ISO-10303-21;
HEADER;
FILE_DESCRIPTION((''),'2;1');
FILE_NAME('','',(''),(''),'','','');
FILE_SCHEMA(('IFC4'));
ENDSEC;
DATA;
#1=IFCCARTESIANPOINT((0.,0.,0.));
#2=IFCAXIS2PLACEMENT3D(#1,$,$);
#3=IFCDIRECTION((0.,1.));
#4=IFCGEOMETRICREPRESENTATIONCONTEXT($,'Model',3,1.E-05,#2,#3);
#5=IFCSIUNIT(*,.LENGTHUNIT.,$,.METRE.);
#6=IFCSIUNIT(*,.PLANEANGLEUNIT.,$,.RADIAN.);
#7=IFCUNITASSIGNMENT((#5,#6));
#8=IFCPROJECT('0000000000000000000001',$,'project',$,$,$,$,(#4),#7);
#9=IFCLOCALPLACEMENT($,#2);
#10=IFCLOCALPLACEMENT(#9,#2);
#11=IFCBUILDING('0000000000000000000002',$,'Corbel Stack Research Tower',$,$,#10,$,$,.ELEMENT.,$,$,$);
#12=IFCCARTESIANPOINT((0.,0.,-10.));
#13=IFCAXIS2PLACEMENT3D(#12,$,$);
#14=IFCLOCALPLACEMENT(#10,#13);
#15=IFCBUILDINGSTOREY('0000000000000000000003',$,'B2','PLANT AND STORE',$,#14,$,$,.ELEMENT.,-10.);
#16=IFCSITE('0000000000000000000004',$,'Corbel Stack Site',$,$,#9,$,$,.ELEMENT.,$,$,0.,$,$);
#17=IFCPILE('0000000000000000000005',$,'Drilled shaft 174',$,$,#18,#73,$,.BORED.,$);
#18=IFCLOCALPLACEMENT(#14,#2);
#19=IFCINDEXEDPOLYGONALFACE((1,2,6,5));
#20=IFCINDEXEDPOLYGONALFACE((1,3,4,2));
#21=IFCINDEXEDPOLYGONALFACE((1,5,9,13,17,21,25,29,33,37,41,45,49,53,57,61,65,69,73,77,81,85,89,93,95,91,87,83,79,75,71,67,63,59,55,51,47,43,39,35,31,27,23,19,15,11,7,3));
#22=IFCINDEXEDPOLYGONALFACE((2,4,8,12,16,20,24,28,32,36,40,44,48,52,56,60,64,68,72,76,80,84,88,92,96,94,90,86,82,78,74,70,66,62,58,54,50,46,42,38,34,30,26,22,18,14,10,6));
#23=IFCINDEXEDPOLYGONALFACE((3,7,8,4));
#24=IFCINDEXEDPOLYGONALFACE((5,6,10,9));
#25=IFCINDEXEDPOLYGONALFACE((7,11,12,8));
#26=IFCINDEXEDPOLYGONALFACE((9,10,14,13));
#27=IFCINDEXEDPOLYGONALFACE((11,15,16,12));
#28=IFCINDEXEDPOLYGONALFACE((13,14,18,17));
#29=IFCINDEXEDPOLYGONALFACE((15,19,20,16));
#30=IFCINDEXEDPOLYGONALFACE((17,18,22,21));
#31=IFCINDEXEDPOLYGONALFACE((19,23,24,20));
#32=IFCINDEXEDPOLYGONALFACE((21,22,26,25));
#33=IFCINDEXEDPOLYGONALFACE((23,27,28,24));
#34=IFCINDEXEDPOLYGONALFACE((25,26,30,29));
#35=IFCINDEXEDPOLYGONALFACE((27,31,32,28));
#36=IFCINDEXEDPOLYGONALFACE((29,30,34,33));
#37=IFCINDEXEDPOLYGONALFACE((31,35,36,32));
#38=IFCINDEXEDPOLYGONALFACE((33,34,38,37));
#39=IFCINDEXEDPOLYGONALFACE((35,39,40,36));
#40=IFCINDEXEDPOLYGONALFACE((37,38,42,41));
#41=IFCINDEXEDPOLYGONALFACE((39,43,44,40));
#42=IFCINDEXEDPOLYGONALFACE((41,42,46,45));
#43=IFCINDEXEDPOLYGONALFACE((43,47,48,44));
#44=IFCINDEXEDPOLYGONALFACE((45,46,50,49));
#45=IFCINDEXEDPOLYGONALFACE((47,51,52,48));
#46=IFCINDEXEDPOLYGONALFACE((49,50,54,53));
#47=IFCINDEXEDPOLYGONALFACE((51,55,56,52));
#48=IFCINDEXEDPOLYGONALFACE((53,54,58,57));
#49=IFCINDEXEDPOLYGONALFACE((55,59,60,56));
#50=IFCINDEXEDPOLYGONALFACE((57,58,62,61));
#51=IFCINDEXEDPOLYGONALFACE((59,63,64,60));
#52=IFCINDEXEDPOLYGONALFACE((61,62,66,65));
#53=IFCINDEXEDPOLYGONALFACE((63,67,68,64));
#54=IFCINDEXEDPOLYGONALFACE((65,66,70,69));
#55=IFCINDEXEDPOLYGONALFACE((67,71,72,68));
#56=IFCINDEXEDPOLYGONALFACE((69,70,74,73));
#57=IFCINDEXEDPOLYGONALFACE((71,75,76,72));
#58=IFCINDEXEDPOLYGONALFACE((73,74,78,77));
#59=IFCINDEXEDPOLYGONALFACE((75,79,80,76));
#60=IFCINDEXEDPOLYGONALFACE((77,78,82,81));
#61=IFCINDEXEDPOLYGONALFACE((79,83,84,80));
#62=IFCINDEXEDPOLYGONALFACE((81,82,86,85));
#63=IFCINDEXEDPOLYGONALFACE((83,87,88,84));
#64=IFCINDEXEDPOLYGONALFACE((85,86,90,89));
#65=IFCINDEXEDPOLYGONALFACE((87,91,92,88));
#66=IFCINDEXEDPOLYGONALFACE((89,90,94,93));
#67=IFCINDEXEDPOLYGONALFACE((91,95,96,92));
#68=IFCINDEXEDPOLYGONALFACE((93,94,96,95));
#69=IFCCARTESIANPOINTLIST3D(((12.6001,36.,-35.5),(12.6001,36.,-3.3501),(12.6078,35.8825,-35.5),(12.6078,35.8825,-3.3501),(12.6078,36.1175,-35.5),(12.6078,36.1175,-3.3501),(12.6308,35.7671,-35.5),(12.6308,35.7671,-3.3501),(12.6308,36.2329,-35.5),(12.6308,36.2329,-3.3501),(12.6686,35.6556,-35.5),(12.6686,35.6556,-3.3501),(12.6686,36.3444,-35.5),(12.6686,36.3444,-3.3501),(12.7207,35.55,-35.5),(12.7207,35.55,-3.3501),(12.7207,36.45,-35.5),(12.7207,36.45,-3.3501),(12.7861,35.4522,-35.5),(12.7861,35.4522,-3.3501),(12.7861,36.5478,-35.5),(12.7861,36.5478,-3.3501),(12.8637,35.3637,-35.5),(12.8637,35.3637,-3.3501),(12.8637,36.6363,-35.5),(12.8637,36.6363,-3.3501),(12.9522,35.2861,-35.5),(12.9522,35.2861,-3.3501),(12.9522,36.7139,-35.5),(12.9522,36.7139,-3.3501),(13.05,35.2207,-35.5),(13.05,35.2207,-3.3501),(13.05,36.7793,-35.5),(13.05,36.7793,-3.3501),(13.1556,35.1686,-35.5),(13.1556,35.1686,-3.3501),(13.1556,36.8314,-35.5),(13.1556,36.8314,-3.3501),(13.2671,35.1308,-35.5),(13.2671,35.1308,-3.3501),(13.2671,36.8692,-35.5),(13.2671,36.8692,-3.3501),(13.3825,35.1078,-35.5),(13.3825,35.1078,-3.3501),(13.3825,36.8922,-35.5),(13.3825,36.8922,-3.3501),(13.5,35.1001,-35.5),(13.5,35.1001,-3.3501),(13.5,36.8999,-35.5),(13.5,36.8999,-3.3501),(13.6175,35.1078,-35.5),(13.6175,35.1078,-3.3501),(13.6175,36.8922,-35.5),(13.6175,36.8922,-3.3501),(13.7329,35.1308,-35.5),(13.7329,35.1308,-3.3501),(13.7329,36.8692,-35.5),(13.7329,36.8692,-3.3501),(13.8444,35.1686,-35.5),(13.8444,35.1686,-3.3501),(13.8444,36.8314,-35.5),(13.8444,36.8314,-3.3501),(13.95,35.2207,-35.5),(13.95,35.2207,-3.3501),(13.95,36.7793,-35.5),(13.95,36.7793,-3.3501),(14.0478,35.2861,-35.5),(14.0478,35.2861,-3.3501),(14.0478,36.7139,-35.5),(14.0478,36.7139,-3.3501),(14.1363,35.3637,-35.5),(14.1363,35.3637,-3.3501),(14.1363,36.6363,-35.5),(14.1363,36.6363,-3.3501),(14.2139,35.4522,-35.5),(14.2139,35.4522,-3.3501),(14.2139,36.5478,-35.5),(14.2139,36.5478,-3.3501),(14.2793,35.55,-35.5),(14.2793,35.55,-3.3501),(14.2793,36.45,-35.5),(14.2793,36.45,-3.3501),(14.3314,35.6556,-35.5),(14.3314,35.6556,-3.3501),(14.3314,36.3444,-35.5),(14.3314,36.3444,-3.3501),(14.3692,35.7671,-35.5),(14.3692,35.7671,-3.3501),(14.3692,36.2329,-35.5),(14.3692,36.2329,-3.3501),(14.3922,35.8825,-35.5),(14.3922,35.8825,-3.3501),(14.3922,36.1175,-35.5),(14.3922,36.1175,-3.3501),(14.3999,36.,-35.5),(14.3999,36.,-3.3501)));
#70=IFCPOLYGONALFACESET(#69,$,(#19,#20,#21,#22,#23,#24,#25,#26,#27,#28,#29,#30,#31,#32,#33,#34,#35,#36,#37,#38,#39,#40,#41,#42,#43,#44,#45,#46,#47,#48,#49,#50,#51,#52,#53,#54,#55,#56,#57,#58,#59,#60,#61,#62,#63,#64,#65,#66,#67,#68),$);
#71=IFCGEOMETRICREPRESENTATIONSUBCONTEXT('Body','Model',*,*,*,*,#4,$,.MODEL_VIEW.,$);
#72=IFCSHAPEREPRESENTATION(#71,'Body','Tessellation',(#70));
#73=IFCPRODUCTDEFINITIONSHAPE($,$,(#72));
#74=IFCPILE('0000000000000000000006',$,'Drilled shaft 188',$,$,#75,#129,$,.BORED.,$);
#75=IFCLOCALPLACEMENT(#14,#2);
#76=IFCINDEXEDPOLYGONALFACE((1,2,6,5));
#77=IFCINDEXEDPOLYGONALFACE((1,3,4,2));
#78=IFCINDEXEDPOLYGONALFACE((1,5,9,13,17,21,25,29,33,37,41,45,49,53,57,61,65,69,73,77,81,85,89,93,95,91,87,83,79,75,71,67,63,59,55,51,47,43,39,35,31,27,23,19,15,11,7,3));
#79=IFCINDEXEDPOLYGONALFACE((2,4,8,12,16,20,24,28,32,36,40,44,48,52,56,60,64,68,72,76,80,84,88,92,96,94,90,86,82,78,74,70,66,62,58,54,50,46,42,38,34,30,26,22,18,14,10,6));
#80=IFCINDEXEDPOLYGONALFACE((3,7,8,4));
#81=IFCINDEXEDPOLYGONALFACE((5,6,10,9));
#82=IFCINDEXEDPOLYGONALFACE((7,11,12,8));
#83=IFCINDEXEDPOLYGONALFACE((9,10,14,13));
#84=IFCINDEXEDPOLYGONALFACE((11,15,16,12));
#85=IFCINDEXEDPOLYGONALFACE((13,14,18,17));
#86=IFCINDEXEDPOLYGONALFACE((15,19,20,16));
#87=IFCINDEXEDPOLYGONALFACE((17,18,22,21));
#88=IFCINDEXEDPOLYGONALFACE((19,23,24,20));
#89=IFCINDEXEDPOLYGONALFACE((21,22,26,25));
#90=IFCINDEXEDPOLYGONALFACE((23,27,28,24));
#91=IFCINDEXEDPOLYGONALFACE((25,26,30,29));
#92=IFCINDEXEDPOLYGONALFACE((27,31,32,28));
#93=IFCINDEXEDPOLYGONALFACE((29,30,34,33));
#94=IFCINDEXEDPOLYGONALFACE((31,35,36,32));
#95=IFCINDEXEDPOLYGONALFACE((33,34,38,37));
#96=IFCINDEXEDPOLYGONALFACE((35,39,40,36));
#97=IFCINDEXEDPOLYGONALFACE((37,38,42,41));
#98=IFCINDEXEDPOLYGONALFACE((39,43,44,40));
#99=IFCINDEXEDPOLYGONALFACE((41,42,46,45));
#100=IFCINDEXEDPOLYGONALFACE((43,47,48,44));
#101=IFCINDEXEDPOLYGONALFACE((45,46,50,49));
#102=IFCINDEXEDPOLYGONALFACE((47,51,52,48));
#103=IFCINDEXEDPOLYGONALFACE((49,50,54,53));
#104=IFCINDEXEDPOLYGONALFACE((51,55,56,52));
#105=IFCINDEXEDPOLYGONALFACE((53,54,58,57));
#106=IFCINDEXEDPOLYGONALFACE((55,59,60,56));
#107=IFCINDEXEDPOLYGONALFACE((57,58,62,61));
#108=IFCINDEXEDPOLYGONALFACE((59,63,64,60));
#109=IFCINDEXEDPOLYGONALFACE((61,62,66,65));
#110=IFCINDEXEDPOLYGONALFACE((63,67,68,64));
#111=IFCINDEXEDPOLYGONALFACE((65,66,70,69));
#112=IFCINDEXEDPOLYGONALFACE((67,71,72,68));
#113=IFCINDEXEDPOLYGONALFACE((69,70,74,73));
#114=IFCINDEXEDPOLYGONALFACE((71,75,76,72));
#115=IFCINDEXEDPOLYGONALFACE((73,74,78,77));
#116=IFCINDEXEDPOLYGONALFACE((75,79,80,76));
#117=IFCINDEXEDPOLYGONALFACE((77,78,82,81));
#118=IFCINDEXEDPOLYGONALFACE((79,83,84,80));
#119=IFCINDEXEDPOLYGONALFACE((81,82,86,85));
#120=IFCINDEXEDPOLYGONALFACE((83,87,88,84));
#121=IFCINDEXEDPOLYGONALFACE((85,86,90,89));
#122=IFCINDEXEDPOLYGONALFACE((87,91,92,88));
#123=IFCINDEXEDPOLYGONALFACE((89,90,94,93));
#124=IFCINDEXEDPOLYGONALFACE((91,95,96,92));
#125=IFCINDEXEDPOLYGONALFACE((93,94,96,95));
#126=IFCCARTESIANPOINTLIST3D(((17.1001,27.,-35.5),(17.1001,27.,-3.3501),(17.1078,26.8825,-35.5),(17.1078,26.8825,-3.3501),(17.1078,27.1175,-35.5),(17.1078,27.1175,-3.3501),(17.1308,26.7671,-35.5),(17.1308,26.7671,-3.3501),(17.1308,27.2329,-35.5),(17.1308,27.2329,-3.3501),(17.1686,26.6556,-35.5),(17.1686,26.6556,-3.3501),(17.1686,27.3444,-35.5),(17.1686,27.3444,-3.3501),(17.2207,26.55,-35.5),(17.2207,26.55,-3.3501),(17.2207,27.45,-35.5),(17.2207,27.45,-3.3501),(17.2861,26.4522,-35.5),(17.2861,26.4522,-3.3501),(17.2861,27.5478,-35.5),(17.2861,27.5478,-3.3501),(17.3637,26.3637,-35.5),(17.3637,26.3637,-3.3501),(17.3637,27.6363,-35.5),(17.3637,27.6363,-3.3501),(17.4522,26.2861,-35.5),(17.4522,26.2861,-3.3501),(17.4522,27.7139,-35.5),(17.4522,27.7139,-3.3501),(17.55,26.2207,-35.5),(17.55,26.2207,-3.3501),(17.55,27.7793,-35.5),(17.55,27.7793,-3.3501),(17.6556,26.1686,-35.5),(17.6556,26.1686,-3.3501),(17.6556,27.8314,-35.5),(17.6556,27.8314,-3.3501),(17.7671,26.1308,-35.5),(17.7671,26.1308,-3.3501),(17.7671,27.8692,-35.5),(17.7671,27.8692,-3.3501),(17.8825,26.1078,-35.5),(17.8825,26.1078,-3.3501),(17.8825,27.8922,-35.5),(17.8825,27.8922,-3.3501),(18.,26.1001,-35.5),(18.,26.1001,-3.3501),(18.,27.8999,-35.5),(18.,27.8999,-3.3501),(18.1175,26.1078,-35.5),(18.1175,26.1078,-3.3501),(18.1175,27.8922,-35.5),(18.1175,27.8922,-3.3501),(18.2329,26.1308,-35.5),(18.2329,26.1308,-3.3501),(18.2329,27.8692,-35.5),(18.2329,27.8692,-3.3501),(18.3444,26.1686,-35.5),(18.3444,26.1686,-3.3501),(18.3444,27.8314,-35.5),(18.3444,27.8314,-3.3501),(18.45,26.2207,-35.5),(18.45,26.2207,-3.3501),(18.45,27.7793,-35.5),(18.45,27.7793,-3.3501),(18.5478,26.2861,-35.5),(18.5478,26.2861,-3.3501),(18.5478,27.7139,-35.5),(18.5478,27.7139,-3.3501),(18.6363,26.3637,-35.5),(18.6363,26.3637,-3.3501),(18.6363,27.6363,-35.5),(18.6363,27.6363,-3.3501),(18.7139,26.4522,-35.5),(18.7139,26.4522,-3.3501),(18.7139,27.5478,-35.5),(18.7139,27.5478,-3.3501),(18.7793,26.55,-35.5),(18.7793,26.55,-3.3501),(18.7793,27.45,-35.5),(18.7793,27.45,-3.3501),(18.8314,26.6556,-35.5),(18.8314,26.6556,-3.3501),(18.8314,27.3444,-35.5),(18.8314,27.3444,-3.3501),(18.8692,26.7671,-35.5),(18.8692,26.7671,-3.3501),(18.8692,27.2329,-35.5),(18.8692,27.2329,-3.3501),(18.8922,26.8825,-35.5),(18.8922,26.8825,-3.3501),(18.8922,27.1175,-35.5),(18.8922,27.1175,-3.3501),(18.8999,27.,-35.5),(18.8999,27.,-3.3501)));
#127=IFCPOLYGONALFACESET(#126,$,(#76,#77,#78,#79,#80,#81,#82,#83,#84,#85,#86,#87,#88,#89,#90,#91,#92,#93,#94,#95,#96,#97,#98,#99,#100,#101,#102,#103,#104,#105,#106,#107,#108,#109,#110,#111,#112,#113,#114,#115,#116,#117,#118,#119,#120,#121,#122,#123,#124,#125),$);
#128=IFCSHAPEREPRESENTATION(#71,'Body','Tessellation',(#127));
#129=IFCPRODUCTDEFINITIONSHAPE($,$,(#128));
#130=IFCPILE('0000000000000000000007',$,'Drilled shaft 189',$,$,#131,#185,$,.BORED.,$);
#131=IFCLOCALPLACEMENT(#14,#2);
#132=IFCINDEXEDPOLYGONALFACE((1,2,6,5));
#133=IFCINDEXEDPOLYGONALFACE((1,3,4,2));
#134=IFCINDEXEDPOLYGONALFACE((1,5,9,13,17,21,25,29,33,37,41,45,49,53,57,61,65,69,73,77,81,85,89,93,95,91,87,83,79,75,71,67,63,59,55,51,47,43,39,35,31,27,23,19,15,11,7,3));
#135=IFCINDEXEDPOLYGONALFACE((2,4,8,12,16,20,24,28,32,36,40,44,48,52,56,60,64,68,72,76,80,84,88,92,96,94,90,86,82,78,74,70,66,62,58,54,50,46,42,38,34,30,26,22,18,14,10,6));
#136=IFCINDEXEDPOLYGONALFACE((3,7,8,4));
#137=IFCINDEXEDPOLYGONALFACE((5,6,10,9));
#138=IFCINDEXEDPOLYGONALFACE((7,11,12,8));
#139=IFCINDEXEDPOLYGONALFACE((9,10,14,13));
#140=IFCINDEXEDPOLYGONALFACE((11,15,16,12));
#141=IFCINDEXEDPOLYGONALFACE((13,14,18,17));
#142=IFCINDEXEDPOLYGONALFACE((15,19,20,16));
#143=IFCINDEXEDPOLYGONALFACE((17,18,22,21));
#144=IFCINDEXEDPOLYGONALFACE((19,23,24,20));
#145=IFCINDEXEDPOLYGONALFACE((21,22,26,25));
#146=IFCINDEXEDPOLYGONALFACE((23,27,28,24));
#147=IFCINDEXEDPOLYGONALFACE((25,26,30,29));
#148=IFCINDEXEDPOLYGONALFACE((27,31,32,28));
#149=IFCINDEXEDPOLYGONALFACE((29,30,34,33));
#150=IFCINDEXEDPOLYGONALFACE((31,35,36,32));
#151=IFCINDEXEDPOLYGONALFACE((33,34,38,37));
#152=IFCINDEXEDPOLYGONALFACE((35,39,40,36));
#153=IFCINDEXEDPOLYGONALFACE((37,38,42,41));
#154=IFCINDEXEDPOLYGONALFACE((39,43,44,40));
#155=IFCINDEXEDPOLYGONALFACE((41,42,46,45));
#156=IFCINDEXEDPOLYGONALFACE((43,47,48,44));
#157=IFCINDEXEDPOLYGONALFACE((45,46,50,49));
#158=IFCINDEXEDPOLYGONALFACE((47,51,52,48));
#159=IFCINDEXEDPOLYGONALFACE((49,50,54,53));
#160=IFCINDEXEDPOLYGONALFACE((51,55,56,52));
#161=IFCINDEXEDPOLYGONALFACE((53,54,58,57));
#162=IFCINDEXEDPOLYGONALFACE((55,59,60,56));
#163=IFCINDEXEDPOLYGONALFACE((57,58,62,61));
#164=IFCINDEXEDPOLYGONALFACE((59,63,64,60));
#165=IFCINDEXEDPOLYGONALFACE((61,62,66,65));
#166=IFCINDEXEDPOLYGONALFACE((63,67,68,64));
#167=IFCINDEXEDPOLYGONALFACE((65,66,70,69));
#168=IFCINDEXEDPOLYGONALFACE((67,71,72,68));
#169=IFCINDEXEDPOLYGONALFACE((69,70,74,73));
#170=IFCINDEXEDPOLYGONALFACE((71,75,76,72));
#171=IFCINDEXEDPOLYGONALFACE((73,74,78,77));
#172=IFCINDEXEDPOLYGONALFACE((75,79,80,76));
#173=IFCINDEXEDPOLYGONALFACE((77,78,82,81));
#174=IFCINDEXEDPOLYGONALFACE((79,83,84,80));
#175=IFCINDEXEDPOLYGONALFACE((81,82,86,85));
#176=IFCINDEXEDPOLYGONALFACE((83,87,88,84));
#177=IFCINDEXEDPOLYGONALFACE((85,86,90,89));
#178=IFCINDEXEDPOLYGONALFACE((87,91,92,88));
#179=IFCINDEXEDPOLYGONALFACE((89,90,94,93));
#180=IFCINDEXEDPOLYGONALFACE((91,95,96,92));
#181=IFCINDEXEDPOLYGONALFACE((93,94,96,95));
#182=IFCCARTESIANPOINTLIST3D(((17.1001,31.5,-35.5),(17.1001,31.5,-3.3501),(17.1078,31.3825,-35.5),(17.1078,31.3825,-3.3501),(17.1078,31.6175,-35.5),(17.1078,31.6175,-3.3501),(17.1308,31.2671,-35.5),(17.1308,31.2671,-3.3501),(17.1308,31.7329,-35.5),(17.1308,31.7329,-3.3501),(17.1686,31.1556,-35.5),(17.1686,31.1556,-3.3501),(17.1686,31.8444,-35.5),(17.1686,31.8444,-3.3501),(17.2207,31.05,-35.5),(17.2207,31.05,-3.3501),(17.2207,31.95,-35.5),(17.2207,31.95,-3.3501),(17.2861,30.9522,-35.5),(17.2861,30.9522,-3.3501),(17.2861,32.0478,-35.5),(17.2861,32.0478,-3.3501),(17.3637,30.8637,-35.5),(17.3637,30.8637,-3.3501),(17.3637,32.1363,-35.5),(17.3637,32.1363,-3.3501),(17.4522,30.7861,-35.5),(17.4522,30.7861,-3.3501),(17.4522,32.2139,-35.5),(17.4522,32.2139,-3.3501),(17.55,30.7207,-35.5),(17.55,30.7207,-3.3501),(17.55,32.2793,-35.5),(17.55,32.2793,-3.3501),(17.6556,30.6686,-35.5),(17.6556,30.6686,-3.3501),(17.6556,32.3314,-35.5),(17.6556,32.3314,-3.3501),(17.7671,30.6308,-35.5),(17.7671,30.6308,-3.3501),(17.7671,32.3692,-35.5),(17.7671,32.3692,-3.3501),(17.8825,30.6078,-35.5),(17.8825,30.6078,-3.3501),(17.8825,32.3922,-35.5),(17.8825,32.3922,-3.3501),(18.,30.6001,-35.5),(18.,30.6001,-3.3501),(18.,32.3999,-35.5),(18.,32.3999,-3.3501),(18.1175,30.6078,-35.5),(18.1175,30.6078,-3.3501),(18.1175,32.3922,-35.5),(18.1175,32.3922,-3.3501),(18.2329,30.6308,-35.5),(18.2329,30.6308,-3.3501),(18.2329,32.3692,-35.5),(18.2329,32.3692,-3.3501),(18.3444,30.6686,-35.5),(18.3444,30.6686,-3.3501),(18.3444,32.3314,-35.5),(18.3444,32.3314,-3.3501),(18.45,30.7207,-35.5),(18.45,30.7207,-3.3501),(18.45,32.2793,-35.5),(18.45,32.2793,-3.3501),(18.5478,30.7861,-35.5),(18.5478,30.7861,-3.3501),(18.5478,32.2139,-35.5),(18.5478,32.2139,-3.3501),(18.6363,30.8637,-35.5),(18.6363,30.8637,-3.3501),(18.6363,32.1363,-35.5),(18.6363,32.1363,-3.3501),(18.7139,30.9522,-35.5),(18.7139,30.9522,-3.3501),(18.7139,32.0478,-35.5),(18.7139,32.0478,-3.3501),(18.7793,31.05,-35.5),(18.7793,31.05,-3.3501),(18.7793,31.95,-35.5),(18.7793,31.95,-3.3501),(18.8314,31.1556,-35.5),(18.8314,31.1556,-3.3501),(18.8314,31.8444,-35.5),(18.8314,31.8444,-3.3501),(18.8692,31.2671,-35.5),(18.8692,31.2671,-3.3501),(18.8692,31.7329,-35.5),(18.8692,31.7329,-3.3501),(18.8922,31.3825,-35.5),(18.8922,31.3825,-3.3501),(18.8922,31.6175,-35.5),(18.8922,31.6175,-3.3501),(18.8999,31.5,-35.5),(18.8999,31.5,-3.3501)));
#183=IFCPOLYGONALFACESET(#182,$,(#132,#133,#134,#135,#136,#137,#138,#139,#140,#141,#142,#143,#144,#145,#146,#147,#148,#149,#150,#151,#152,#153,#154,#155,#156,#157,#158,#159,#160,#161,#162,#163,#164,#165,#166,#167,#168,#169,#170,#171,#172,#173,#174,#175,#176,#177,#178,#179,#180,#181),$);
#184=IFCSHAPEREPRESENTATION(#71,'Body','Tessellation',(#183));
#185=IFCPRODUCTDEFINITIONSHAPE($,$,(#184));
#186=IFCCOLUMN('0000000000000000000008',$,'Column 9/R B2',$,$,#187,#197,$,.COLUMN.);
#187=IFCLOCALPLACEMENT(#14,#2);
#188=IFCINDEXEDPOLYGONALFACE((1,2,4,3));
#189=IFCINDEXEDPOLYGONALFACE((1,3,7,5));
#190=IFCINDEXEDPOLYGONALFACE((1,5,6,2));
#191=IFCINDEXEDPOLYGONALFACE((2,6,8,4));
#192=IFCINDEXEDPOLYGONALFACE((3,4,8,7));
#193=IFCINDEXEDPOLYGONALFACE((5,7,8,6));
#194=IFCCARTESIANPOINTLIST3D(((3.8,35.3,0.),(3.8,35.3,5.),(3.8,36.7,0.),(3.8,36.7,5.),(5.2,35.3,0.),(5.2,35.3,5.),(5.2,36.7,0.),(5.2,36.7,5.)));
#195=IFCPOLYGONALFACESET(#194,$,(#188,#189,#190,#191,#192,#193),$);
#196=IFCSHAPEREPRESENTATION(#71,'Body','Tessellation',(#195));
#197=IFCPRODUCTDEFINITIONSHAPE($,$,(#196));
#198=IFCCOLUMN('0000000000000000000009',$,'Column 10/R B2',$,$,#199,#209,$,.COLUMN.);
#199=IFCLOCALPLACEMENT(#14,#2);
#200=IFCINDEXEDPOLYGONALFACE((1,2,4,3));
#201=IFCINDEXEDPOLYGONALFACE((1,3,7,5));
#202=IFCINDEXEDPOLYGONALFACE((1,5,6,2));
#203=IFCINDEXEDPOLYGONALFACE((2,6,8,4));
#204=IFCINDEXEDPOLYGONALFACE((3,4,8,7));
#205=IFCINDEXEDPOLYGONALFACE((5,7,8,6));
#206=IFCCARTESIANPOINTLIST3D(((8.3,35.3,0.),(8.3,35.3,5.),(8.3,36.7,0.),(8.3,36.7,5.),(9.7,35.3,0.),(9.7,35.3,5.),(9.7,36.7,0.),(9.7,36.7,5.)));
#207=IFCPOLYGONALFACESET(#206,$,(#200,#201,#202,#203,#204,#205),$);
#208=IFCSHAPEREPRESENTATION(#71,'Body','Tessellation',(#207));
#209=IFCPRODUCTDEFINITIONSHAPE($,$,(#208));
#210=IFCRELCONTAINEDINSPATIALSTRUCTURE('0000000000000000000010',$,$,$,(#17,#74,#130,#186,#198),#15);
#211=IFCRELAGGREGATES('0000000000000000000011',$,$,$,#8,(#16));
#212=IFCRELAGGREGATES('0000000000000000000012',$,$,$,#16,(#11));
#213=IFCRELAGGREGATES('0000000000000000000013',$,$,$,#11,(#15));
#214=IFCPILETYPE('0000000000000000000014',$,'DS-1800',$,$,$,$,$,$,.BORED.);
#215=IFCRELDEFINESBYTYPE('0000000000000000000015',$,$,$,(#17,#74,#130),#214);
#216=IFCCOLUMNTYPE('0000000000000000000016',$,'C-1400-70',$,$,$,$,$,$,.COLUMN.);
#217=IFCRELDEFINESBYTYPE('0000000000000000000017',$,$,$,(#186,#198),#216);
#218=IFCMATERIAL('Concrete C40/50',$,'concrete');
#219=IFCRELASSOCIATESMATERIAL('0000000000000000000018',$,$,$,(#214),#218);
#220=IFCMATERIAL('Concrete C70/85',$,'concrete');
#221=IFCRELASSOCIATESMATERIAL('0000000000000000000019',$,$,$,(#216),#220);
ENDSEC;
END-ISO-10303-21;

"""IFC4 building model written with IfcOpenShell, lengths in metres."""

from ifc_helpers import new_model, si_unit, direction, frame, origin, origin_2d, place, context, subcontext, project, spatial, rectangle, circle, extrude, material, material_profile, profile_set, type_object, element, save


model = new_model("IFC4")

# Units and contexts
model_context = context("Model", 3, precision=1e-05, world=origin(), true_north=direction((0.0, 1.0)))
body_context = subcontext(model_context, "Body", "Model", "MODEL_VIEW")
ifc_project = project(units=[si_unit("LENGTHUNIT", "METRE"), si_unit("PLANEANGLEUNIT", "RADIAN")], contexts=[model_context])

# Site, building, storey
site_placement = place(None, origin())
site = spatial("IfcSite", under=ifc_project, at=site_placement, Name="Corbel Stack Site", CompositionType="ELEMENT", RefElevation=0.0)
building_placement = place(site_placement, origin())
building = spatial("IfcBuilding", under=site, at=building_placement, Name="Corbel Stack Research Tower", CompositionType="ELEMENT")
storey_placement = place(building_placement, frame((0.0, 0.0, -10.0)))
storey = spatial("IfcBuildingStorey", under=building, at=storey_placement, Name="B2", Description="PLANT AND STORE", CompositionType="ELEMENT", Elevation=-10.0)

# Piles
ifc_material_1 = material(Name="Concrete C40/50", Category="concrete")
ifc_material_profile_1 = material_profile(ifc_material_1, circle(Radius=0.8999, at=origin_2d()), Name="Shaft 1800")
ifc_profile_set_1 = profile_set([ifc_material_profile_1], Name="Concrete C40/50")
pile_type = type_object("IfcPileType", Name="DS-1800", PredefinedType="BORED", material=ifc_profile_set_1)
for number, where, z_axis, x_axis, name in (
    (1, (13.5, 36.0, -3.3501), (0.0, 0.0, -1.0), (1.0, 0.0, 0.0), "Drilled shaft 174"),
    (2, (18.0, 27.0, -3.3501), (0.0, 0.0, -1.0), (1.0, 0.0, 0.0), "Drilled shaft 188"),
    (3, (18.0, 31.5, -3.3501), (0.0, 0.0, -1.0), (1.0, 0.0, 0.0), "Drilled shaft 189"),
):
    element("IfcPile", number, at=place(storey_placement, frame(where, z_axis=z_axis, x_axis=x_axis)), inside=storey, type_object=pile_type, Name=name, PredefinedType="BORED", context=body_context, shape_type="SweptSolid", body=[
        extrude(circle(Radius=0.8999, at=origin_2d()), origin(), (0.0, 0.0, 1.0), 32.1499),
    ])

# Columns
ifc_material_2 = material(Name="Concrete C70/85", Category="concrete")
ifc_material_profile_2 = material_profile(ifc_material_2, rectangle(XDim=1.3999, YDim=1.3999, at=origin_2d()), Name="RC 1400 x 1400")
ifc_profile_set_2 = profile_set([ifc_material_profile_2], Name="Concrete C70/85")
column_type_1 = type_object("IfcColumnType", Name="C-1400-70", PredefinedType="COLUMN", material=ifc_profile_set_2)
for number, where, z_axis, x_axis, name in (
    (4, (4.5, 36.0, 0.0), (0.0, 0.0, 1.0), (1.0, 0.0, 0.0), "Column 9/R B2"),
    (5, (9.0, 36.0, 0.0), (0.0, 0.0, 1.0), (1.0, 0.0, 0.0), "Column 10/R B2"),
):
    element("IfcColumn", number, at=place(storey_placement, frame(where, z_axis=z_axis, x_axis=x_axis)), inside=storey, type_object=column_type_1, Name=name, PredefinedType="COLUMN", context=body_context, shape_type="SweptSolid", body=[
        extrude(rectangle(XDim=1.3999, YDim=1.3999, at=origin_2d()), origin(), (0.0, 0.0, 1.0), 5.0),
    ])

save(model, "model.ifc")
